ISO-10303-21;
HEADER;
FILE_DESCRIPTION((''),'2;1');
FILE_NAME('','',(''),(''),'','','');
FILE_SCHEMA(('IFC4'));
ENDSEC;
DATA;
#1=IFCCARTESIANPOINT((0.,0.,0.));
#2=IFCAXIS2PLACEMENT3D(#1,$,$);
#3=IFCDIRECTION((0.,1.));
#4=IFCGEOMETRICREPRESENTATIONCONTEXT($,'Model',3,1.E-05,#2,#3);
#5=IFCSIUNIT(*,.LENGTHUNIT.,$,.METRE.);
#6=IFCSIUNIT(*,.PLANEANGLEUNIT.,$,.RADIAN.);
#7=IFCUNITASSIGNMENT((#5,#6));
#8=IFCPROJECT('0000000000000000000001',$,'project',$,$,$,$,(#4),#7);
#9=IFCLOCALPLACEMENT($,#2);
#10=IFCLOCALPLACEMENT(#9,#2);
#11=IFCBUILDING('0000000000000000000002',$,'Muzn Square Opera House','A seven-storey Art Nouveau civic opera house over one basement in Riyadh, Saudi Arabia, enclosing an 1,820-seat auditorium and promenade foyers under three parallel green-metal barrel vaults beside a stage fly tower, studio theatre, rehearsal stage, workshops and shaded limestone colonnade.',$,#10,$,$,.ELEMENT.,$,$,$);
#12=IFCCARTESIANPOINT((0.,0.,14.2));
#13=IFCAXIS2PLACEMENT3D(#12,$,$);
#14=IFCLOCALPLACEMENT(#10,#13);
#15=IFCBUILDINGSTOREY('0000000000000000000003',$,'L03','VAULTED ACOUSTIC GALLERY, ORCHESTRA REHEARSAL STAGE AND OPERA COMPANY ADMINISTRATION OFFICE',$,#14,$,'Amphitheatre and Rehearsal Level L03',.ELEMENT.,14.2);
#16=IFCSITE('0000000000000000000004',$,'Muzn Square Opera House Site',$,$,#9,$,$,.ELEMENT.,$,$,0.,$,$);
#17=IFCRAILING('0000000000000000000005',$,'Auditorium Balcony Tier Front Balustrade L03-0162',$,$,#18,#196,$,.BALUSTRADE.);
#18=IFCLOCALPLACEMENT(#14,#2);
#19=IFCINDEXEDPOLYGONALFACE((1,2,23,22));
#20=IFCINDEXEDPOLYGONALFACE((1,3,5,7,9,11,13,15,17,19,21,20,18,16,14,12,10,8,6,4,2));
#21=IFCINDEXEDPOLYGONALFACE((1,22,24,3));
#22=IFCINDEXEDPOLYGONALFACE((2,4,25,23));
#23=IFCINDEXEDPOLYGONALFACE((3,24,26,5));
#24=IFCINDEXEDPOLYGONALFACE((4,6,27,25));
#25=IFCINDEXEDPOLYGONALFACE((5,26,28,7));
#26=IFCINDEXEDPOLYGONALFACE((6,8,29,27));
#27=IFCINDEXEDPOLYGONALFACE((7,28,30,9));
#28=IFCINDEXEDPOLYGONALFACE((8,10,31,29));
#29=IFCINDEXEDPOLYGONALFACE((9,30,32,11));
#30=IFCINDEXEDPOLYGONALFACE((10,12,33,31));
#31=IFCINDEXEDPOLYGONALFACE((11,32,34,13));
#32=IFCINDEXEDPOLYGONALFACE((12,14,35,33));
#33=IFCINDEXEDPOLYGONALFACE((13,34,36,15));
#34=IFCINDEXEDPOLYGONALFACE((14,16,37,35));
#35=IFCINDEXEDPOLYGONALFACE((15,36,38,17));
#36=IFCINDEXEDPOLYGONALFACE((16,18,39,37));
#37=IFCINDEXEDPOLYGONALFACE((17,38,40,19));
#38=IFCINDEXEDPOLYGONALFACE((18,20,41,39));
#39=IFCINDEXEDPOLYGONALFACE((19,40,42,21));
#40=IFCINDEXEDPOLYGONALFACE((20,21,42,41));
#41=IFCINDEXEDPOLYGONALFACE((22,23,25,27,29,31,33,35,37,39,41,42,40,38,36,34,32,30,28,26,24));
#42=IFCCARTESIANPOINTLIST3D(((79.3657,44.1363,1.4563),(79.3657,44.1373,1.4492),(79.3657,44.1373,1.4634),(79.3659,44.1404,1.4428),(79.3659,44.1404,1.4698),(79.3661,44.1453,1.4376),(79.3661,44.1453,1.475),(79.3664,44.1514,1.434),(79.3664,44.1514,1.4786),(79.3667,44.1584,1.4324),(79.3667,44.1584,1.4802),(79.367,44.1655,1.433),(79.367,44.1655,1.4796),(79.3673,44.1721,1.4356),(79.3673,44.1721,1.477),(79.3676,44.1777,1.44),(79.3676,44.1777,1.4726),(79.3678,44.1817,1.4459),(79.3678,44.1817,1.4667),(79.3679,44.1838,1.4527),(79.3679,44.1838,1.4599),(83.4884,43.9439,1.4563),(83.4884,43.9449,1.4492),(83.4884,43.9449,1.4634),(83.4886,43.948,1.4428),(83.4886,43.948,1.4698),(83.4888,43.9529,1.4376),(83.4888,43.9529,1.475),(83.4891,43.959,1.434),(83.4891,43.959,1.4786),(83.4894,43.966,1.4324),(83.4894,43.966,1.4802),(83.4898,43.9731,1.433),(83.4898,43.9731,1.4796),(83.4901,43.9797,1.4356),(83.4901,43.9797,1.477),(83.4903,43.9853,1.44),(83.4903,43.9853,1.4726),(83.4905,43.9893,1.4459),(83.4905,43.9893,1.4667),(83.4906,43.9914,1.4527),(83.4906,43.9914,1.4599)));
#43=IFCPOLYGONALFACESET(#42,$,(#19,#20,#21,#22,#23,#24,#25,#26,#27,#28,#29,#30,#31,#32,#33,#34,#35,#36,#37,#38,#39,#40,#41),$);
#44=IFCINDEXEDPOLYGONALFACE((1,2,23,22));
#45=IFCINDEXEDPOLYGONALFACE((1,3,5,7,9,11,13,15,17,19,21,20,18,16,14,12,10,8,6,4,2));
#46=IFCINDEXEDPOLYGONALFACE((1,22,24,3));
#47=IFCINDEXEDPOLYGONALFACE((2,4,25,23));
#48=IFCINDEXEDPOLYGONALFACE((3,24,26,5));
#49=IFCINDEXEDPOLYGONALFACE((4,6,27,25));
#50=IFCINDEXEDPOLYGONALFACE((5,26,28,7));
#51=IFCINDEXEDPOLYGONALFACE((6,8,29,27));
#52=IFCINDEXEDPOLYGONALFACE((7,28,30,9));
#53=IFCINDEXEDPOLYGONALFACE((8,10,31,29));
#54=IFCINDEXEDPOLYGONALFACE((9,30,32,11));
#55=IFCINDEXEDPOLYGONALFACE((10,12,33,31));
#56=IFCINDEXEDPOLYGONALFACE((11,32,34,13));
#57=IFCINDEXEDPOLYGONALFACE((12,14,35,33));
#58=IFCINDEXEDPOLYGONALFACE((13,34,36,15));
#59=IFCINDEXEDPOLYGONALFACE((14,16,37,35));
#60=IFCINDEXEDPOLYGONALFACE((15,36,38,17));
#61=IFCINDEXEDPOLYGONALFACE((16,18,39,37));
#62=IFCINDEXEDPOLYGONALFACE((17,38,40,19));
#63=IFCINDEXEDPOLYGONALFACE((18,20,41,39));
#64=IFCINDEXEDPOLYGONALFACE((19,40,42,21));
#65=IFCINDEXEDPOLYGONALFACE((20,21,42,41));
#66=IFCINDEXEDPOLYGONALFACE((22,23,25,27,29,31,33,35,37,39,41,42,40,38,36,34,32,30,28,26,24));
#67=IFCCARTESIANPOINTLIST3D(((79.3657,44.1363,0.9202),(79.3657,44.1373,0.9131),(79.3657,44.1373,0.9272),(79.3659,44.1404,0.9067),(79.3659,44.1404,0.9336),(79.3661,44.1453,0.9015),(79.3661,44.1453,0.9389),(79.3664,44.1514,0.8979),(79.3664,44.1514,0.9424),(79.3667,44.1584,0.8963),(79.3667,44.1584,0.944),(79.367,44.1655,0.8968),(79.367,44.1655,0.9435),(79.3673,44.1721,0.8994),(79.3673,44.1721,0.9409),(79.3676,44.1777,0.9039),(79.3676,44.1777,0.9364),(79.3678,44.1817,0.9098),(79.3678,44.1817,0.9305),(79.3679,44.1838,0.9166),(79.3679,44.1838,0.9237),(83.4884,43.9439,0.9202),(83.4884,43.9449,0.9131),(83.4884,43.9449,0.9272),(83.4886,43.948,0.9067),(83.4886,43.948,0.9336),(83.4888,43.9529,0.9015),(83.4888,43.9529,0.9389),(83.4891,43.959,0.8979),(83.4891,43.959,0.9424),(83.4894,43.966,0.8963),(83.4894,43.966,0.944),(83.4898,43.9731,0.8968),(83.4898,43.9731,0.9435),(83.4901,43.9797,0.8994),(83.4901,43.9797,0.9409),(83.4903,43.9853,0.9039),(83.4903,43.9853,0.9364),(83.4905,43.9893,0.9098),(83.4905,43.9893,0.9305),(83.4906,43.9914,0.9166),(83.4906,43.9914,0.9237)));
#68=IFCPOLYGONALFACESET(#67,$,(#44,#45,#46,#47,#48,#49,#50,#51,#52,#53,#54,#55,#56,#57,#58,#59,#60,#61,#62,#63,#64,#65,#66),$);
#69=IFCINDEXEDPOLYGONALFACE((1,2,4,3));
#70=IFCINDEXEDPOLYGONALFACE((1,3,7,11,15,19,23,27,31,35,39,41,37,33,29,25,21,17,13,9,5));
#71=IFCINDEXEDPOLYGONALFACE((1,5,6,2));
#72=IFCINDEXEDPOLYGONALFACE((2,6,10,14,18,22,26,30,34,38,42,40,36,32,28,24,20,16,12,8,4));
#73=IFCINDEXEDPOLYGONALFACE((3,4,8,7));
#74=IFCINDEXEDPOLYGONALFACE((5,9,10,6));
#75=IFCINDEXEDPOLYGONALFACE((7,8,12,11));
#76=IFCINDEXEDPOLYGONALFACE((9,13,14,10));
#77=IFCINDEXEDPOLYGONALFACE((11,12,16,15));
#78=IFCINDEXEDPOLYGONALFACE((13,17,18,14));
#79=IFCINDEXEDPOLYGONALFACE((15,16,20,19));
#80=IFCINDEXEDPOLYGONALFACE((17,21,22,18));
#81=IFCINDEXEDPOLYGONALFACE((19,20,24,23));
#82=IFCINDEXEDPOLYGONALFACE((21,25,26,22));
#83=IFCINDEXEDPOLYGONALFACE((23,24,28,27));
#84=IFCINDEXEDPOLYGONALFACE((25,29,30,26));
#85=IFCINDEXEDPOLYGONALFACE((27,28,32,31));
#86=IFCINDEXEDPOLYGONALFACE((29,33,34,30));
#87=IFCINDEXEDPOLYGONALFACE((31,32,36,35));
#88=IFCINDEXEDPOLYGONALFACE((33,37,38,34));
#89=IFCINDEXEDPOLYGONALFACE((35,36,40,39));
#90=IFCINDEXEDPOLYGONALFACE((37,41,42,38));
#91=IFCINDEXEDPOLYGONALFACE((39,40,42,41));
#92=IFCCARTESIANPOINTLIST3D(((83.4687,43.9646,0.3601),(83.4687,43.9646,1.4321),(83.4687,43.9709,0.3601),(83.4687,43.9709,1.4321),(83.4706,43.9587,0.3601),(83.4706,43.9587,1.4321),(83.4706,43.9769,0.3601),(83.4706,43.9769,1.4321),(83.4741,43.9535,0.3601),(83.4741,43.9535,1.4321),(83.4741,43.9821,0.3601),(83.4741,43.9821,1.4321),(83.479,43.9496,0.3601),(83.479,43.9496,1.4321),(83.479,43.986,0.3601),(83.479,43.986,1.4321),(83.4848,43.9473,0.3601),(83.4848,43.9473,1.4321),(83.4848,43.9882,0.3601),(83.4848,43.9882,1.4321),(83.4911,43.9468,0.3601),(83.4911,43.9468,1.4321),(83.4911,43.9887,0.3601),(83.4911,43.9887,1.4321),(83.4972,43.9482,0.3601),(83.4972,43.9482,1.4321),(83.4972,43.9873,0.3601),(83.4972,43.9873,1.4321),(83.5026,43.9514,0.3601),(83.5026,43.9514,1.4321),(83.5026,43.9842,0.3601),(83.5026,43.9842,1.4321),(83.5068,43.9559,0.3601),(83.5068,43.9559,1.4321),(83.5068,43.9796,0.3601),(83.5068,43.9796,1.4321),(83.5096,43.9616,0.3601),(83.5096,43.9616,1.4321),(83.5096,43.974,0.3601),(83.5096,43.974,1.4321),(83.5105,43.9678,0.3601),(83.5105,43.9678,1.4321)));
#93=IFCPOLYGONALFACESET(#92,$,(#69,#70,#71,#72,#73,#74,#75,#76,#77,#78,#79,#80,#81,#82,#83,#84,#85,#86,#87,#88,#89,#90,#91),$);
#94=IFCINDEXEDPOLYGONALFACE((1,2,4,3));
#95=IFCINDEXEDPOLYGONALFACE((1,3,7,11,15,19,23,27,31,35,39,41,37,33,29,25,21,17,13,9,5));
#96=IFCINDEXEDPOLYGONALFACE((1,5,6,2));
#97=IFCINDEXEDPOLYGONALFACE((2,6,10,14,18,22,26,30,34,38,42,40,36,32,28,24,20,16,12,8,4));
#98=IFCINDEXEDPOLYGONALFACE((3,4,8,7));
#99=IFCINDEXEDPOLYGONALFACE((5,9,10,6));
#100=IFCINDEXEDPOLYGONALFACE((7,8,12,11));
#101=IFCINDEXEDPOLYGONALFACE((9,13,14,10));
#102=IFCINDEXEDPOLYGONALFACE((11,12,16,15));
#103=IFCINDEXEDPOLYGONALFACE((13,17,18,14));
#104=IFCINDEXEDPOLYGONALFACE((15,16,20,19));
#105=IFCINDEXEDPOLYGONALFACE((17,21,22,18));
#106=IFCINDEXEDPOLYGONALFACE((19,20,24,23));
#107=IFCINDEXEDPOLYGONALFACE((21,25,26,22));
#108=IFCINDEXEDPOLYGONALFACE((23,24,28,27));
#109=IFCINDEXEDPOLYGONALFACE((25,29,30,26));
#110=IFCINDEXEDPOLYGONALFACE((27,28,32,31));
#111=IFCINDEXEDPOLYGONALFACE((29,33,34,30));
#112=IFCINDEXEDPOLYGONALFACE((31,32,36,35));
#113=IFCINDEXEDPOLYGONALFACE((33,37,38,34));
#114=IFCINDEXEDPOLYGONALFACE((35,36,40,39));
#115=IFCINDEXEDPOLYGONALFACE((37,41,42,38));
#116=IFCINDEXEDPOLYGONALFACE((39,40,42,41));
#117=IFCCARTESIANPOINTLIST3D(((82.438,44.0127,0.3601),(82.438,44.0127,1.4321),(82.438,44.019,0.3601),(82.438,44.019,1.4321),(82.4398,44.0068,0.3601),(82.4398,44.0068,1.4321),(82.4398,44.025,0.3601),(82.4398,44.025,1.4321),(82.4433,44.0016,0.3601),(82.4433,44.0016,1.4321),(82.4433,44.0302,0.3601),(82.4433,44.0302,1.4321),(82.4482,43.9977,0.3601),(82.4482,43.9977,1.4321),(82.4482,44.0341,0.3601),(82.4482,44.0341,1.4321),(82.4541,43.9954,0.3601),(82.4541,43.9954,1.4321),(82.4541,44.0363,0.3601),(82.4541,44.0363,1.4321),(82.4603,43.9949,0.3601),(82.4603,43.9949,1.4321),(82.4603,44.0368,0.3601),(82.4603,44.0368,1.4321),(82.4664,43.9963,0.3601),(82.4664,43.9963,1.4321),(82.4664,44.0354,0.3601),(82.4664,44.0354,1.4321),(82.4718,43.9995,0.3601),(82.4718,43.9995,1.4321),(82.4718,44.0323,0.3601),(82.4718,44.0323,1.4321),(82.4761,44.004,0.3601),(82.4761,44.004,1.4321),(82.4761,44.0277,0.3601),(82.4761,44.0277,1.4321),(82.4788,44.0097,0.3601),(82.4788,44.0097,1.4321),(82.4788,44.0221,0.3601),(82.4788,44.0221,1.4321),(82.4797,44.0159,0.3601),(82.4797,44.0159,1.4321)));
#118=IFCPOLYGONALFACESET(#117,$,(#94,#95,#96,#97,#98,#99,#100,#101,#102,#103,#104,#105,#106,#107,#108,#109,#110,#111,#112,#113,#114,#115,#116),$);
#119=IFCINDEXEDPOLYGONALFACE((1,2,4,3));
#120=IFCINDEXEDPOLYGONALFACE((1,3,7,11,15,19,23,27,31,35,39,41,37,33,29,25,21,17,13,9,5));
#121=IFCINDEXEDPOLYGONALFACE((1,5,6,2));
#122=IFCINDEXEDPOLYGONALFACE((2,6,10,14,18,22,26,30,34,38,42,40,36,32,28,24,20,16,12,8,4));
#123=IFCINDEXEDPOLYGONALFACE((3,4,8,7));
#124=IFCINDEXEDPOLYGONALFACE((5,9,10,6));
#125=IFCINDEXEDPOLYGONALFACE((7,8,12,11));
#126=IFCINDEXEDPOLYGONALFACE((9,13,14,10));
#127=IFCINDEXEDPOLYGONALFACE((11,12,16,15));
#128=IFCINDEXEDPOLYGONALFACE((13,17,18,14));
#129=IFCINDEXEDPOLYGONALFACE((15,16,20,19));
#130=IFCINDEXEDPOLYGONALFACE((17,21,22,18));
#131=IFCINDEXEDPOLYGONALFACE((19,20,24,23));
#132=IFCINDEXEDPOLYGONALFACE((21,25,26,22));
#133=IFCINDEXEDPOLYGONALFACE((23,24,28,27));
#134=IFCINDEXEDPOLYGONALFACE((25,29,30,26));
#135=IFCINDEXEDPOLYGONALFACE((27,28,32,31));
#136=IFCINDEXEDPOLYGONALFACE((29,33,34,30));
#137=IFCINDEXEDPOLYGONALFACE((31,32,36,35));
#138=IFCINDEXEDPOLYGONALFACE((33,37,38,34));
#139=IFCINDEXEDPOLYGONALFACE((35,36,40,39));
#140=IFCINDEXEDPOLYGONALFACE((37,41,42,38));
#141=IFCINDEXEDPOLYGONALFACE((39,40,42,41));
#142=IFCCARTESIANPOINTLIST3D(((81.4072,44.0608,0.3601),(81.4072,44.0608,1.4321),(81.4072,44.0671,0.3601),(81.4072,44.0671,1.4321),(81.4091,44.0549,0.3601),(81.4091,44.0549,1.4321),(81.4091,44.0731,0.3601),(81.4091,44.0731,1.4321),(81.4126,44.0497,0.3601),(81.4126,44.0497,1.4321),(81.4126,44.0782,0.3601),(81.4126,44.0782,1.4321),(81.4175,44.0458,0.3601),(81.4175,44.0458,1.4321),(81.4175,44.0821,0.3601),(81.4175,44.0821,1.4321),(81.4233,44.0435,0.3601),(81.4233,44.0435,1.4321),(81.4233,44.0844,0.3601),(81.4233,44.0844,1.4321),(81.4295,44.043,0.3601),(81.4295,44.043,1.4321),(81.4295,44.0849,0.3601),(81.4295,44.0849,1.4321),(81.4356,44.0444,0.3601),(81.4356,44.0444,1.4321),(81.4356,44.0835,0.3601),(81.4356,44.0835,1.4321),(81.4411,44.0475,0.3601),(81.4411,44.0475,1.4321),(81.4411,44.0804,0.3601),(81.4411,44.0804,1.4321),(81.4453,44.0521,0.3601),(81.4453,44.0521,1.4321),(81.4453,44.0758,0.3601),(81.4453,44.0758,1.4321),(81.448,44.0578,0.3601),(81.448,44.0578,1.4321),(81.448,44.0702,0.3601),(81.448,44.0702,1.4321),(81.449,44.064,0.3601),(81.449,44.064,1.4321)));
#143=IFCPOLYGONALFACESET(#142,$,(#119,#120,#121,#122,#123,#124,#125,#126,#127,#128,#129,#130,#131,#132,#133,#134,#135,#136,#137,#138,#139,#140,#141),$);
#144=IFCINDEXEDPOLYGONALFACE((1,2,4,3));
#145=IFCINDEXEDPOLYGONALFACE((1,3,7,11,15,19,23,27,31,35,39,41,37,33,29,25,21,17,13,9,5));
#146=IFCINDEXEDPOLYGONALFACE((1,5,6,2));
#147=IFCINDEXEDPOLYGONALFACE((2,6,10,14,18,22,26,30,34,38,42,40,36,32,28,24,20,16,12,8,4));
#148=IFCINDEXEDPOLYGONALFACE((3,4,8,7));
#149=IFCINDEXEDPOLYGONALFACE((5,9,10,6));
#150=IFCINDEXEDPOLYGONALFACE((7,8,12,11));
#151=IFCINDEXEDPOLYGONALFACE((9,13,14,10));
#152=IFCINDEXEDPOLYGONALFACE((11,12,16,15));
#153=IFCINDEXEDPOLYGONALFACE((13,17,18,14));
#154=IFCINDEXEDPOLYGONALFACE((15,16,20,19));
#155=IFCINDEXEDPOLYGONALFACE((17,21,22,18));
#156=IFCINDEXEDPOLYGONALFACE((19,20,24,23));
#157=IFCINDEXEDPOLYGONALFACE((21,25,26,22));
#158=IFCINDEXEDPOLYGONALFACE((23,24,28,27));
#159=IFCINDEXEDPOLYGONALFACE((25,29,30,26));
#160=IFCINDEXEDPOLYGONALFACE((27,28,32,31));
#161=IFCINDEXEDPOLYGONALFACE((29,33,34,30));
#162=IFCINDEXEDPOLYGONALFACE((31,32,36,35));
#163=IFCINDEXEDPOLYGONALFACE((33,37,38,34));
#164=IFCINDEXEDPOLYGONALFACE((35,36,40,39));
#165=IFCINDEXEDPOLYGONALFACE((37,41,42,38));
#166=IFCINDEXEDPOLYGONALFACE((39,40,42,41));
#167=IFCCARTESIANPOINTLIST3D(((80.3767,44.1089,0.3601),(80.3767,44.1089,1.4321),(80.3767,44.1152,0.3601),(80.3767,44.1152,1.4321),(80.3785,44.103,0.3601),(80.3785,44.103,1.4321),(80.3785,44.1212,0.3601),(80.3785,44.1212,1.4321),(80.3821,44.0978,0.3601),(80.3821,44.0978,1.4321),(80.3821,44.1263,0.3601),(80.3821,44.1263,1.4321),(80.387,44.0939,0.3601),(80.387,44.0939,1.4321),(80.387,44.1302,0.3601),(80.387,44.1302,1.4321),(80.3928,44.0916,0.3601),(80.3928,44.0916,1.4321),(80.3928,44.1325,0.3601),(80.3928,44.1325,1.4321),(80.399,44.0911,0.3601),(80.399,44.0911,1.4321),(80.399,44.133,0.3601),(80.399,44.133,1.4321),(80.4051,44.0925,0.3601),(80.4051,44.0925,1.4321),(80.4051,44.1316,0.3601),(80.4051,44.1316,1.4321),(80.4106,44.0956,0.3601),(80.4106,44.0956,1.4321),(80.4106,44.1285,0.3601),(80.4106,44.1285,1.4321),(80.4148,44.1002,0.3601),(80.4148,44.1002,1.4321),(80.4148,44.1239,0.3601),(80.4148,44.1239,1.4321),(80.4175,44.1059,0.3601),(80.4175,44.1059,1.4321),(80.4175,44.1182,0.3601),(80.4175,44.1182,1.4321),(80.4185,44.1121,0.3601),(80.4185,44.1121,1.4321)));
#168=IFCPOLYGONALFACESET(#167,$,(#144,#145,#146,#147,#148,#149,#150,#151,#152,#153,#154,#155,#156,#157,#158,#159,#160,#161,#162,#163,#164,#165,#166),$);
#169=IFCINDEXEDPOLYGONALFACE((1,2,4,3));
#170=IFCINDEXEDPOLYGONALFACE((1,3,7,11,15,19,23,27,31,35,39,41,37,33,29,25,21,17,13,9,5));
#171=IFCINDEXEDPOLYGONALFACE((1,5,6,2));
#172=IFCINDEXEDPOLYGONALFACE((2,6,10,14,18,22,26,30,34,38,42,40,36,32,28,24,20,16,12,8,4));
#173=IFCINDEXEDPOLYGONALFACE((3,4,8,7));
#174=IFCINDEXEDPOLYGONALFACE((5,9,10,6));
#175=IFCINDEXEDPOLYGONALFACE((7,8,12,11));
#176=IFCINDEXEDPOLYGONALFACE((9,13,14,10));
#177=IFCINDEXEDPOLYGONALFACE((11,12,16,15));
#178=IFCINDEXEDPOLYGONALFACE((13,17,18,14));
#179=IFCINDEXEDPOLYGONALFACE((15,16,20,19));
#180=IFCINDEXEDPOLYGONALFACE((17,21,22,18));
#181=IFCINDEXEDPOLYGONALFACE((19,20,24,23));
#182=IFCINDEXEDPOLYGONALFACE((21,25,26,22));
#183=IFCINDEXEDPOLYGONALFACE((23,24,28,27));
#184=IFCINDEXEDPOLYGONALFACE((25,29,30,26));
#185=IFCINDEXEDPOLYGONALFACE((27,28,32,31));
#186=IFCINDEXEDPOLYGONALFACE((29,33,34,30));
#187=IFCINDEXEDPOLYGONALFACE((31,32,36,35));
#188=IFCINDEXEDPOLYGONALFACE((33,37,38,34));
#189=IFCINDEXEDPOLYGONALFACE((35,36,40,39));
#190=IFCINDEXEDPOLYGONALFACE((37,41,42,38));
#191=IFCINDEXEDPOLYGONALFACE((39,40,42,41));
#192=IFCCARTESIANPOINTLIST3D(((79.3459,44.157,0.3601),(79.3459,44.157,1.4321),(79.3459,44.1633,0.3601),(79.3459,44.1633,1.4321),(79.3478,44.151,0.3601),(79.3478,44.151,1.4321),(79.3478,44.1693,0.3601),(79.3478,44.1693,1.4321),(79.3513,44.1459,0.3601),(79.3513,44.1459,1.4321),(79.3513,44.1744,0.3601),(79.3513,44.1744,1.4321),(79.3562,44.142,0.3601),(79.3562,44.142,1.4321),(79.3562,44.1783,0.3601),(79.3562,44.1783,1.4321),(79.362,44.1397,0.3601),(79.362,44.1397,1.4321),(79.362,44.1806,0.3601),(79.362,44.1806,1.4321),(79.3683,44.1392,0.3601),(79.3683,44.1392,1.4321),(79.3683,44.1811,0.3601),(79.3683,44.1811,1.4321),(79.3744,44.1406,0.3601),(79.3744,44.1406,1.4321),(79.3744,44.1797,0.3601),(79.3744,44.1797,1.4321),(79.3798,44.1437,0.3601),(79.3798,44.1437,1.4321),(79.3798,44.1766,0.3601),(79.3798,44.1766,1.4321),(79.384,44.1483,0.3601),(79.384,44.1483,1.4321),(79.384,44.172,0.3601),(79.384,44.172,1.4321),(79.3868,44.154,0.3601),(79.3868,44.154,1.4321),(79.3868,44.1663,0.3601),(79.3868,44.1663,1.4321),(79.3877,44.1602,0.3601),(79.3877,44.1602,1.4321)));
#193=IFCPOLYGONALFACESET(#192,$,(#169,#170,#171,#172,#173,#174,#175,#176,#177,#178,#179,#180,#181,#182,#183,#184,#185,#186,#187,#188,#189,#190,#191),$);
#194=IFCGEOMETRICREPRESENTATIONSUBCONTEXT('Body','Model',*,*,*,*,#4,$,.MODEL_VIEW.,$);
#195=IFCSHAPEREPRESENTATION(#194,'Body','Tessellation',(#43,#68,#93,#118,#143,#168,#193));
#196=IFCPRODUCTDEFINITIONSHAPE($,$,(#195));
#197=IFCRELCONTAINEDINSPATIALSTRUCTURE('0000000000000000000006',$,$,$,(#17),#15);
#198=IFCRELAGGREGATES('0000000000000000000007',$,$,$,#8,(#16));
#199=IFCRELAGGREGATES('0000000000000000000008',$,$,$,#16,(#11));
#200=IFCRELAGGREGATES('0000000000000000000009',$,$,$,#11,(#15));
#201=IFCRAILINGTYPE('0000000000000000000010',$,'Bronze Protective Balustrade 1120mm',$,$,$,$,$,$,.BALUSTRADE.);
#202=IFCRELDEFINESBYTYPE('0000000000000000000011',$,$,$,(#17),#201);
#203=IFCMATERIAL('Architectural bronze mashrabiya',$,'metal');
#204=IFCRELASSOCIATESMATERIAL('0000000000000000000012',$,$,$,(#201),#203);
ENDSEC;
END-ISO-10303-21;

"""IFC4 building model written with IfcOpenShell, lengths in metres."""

from ifc_helpers import new_model, si_unit, direction, frame, origin, origin_2d, place, context, subcontext, project, spatial, circle, extrude, material, type_object, element, save


model = new_model("IFC4")

# Units and contexts
model_context = context("Model", 3, precision=1e-05, world=origin(), true_north=direction((0.0, 1.0)))
body_context = subcontext(model_context, "Body", "Model", "MODEL_VIEW")
ifc_project = project(units=[si_unit("LENGTHUNIT", "METRE"), si_unit("PLANEANGLEUNIT", "RADIAN")], contexts=[model_context])

# Site, building, storey
site_placement = place(None, origin())
site = spatial("IfcSite", under=ifc_project, at=site_placement, Name="Muzn Square Opera House Site", CompositionType="ELEMENT", RefElevation=0.0)
building_placement = place(site_placement, origin())
building = spatial("IfcBuilding", under=site, at=building_placement, Name="Muzn Square Opera House", Description="A seven-storey Art Nouveau civic opera house over one basement in Riyadh, Saudi Arabia, enclosing an 1,820-seat auditorium and promenade foyers under three parallel green-metal barrel vaults beside a stage fly tower, studio theatre, rehearsal stage, workshops and shaded limestone colonnade.", CompositionType="ELEMENT")
storey_placement = place(building_placement, frame((0.0, 0.0, 14.2)))
storey = spatial("IfcBuildingStorey", under=building, at=storey_placement, Name="L03", Description="VAULTED ACOUSTIC GALLERY, ORCHESTRA REHEARSAL STAGE AND OPERA COMPANY ADMINISTRATION OFFICE", LongName="Amphitheatre and Rehearsal Level L03", CompositionType="ELEMENT", Elevation=14.2)

# Railing
ifc_material_1 = material(Name="Architectural bronze mashrabiya", Category="metal")
railing_type = type_object("IfcRailingType", Name="Bronze Protective Balustrade 1120mm", PredefinedType="BALUSTRADE", material=ifc_material_1)
railing_1_placement = place(storey_placement, frame((83.4895, 43.9678, 0.3601)))
element("IfcRailing", 1, at=railing_1_placement, inside=storey, type_object=railing_type, Name="Auditorium Balcony Tier Front Balustrade L03-0162", PredefinedType="BALUSTRADE", context=body_context, shape_type="SweptSolid", body=[
    extrude(circle(Radius=0.0239, at=origin_2d()), frame((0.0, 0.0, 1.0962), z_axis=(-0.998913, 0.046612, 0.0), x_axis=(-0.046612, -0.998913, 0.0)), (0.0, 0.0, 1.0), 4.1272),
    extrude(circle(Radius=0.0239, at=origin_2d()), frame((0.0, 0.0, 0.5601), z_axis=(-0.998913, 0.046612, 0.0), x_axis=(-0.046612, -0.998913, 0.0)), (0.0, 0.0, 1.0), 4.1272),
    extrude(circle(Radius=0.021, at=origin_2d()), origin(), (0.0, 0.0, 1.0), 1.072),
    extrude(circle(Radius=0.021, at=origin_2d()), frame((-1.0308, 0.0481, 0.0)), (0.0, 0.0, 1.0), 1.072),
    extrude(circle(Radius=0.021, at=origin_2d()), frame((-2.0615, 0.0962, 0.0)), (0.0, 0.0, 1.0), 1.072),
    extrude(circle(Radius=0.021, at=origin_2d()), frame((-3.092, 0.1443, 0.0)), (0.0, 0.0, 1.0), 1.072),
    extrude(circle(Radius=0.021, at=origin_2d()), frame((-4.1228, 0.1924, 0.0)), (0.0, 0.0, 1.0), 1.072),
])

save(model, "model.ifc")
